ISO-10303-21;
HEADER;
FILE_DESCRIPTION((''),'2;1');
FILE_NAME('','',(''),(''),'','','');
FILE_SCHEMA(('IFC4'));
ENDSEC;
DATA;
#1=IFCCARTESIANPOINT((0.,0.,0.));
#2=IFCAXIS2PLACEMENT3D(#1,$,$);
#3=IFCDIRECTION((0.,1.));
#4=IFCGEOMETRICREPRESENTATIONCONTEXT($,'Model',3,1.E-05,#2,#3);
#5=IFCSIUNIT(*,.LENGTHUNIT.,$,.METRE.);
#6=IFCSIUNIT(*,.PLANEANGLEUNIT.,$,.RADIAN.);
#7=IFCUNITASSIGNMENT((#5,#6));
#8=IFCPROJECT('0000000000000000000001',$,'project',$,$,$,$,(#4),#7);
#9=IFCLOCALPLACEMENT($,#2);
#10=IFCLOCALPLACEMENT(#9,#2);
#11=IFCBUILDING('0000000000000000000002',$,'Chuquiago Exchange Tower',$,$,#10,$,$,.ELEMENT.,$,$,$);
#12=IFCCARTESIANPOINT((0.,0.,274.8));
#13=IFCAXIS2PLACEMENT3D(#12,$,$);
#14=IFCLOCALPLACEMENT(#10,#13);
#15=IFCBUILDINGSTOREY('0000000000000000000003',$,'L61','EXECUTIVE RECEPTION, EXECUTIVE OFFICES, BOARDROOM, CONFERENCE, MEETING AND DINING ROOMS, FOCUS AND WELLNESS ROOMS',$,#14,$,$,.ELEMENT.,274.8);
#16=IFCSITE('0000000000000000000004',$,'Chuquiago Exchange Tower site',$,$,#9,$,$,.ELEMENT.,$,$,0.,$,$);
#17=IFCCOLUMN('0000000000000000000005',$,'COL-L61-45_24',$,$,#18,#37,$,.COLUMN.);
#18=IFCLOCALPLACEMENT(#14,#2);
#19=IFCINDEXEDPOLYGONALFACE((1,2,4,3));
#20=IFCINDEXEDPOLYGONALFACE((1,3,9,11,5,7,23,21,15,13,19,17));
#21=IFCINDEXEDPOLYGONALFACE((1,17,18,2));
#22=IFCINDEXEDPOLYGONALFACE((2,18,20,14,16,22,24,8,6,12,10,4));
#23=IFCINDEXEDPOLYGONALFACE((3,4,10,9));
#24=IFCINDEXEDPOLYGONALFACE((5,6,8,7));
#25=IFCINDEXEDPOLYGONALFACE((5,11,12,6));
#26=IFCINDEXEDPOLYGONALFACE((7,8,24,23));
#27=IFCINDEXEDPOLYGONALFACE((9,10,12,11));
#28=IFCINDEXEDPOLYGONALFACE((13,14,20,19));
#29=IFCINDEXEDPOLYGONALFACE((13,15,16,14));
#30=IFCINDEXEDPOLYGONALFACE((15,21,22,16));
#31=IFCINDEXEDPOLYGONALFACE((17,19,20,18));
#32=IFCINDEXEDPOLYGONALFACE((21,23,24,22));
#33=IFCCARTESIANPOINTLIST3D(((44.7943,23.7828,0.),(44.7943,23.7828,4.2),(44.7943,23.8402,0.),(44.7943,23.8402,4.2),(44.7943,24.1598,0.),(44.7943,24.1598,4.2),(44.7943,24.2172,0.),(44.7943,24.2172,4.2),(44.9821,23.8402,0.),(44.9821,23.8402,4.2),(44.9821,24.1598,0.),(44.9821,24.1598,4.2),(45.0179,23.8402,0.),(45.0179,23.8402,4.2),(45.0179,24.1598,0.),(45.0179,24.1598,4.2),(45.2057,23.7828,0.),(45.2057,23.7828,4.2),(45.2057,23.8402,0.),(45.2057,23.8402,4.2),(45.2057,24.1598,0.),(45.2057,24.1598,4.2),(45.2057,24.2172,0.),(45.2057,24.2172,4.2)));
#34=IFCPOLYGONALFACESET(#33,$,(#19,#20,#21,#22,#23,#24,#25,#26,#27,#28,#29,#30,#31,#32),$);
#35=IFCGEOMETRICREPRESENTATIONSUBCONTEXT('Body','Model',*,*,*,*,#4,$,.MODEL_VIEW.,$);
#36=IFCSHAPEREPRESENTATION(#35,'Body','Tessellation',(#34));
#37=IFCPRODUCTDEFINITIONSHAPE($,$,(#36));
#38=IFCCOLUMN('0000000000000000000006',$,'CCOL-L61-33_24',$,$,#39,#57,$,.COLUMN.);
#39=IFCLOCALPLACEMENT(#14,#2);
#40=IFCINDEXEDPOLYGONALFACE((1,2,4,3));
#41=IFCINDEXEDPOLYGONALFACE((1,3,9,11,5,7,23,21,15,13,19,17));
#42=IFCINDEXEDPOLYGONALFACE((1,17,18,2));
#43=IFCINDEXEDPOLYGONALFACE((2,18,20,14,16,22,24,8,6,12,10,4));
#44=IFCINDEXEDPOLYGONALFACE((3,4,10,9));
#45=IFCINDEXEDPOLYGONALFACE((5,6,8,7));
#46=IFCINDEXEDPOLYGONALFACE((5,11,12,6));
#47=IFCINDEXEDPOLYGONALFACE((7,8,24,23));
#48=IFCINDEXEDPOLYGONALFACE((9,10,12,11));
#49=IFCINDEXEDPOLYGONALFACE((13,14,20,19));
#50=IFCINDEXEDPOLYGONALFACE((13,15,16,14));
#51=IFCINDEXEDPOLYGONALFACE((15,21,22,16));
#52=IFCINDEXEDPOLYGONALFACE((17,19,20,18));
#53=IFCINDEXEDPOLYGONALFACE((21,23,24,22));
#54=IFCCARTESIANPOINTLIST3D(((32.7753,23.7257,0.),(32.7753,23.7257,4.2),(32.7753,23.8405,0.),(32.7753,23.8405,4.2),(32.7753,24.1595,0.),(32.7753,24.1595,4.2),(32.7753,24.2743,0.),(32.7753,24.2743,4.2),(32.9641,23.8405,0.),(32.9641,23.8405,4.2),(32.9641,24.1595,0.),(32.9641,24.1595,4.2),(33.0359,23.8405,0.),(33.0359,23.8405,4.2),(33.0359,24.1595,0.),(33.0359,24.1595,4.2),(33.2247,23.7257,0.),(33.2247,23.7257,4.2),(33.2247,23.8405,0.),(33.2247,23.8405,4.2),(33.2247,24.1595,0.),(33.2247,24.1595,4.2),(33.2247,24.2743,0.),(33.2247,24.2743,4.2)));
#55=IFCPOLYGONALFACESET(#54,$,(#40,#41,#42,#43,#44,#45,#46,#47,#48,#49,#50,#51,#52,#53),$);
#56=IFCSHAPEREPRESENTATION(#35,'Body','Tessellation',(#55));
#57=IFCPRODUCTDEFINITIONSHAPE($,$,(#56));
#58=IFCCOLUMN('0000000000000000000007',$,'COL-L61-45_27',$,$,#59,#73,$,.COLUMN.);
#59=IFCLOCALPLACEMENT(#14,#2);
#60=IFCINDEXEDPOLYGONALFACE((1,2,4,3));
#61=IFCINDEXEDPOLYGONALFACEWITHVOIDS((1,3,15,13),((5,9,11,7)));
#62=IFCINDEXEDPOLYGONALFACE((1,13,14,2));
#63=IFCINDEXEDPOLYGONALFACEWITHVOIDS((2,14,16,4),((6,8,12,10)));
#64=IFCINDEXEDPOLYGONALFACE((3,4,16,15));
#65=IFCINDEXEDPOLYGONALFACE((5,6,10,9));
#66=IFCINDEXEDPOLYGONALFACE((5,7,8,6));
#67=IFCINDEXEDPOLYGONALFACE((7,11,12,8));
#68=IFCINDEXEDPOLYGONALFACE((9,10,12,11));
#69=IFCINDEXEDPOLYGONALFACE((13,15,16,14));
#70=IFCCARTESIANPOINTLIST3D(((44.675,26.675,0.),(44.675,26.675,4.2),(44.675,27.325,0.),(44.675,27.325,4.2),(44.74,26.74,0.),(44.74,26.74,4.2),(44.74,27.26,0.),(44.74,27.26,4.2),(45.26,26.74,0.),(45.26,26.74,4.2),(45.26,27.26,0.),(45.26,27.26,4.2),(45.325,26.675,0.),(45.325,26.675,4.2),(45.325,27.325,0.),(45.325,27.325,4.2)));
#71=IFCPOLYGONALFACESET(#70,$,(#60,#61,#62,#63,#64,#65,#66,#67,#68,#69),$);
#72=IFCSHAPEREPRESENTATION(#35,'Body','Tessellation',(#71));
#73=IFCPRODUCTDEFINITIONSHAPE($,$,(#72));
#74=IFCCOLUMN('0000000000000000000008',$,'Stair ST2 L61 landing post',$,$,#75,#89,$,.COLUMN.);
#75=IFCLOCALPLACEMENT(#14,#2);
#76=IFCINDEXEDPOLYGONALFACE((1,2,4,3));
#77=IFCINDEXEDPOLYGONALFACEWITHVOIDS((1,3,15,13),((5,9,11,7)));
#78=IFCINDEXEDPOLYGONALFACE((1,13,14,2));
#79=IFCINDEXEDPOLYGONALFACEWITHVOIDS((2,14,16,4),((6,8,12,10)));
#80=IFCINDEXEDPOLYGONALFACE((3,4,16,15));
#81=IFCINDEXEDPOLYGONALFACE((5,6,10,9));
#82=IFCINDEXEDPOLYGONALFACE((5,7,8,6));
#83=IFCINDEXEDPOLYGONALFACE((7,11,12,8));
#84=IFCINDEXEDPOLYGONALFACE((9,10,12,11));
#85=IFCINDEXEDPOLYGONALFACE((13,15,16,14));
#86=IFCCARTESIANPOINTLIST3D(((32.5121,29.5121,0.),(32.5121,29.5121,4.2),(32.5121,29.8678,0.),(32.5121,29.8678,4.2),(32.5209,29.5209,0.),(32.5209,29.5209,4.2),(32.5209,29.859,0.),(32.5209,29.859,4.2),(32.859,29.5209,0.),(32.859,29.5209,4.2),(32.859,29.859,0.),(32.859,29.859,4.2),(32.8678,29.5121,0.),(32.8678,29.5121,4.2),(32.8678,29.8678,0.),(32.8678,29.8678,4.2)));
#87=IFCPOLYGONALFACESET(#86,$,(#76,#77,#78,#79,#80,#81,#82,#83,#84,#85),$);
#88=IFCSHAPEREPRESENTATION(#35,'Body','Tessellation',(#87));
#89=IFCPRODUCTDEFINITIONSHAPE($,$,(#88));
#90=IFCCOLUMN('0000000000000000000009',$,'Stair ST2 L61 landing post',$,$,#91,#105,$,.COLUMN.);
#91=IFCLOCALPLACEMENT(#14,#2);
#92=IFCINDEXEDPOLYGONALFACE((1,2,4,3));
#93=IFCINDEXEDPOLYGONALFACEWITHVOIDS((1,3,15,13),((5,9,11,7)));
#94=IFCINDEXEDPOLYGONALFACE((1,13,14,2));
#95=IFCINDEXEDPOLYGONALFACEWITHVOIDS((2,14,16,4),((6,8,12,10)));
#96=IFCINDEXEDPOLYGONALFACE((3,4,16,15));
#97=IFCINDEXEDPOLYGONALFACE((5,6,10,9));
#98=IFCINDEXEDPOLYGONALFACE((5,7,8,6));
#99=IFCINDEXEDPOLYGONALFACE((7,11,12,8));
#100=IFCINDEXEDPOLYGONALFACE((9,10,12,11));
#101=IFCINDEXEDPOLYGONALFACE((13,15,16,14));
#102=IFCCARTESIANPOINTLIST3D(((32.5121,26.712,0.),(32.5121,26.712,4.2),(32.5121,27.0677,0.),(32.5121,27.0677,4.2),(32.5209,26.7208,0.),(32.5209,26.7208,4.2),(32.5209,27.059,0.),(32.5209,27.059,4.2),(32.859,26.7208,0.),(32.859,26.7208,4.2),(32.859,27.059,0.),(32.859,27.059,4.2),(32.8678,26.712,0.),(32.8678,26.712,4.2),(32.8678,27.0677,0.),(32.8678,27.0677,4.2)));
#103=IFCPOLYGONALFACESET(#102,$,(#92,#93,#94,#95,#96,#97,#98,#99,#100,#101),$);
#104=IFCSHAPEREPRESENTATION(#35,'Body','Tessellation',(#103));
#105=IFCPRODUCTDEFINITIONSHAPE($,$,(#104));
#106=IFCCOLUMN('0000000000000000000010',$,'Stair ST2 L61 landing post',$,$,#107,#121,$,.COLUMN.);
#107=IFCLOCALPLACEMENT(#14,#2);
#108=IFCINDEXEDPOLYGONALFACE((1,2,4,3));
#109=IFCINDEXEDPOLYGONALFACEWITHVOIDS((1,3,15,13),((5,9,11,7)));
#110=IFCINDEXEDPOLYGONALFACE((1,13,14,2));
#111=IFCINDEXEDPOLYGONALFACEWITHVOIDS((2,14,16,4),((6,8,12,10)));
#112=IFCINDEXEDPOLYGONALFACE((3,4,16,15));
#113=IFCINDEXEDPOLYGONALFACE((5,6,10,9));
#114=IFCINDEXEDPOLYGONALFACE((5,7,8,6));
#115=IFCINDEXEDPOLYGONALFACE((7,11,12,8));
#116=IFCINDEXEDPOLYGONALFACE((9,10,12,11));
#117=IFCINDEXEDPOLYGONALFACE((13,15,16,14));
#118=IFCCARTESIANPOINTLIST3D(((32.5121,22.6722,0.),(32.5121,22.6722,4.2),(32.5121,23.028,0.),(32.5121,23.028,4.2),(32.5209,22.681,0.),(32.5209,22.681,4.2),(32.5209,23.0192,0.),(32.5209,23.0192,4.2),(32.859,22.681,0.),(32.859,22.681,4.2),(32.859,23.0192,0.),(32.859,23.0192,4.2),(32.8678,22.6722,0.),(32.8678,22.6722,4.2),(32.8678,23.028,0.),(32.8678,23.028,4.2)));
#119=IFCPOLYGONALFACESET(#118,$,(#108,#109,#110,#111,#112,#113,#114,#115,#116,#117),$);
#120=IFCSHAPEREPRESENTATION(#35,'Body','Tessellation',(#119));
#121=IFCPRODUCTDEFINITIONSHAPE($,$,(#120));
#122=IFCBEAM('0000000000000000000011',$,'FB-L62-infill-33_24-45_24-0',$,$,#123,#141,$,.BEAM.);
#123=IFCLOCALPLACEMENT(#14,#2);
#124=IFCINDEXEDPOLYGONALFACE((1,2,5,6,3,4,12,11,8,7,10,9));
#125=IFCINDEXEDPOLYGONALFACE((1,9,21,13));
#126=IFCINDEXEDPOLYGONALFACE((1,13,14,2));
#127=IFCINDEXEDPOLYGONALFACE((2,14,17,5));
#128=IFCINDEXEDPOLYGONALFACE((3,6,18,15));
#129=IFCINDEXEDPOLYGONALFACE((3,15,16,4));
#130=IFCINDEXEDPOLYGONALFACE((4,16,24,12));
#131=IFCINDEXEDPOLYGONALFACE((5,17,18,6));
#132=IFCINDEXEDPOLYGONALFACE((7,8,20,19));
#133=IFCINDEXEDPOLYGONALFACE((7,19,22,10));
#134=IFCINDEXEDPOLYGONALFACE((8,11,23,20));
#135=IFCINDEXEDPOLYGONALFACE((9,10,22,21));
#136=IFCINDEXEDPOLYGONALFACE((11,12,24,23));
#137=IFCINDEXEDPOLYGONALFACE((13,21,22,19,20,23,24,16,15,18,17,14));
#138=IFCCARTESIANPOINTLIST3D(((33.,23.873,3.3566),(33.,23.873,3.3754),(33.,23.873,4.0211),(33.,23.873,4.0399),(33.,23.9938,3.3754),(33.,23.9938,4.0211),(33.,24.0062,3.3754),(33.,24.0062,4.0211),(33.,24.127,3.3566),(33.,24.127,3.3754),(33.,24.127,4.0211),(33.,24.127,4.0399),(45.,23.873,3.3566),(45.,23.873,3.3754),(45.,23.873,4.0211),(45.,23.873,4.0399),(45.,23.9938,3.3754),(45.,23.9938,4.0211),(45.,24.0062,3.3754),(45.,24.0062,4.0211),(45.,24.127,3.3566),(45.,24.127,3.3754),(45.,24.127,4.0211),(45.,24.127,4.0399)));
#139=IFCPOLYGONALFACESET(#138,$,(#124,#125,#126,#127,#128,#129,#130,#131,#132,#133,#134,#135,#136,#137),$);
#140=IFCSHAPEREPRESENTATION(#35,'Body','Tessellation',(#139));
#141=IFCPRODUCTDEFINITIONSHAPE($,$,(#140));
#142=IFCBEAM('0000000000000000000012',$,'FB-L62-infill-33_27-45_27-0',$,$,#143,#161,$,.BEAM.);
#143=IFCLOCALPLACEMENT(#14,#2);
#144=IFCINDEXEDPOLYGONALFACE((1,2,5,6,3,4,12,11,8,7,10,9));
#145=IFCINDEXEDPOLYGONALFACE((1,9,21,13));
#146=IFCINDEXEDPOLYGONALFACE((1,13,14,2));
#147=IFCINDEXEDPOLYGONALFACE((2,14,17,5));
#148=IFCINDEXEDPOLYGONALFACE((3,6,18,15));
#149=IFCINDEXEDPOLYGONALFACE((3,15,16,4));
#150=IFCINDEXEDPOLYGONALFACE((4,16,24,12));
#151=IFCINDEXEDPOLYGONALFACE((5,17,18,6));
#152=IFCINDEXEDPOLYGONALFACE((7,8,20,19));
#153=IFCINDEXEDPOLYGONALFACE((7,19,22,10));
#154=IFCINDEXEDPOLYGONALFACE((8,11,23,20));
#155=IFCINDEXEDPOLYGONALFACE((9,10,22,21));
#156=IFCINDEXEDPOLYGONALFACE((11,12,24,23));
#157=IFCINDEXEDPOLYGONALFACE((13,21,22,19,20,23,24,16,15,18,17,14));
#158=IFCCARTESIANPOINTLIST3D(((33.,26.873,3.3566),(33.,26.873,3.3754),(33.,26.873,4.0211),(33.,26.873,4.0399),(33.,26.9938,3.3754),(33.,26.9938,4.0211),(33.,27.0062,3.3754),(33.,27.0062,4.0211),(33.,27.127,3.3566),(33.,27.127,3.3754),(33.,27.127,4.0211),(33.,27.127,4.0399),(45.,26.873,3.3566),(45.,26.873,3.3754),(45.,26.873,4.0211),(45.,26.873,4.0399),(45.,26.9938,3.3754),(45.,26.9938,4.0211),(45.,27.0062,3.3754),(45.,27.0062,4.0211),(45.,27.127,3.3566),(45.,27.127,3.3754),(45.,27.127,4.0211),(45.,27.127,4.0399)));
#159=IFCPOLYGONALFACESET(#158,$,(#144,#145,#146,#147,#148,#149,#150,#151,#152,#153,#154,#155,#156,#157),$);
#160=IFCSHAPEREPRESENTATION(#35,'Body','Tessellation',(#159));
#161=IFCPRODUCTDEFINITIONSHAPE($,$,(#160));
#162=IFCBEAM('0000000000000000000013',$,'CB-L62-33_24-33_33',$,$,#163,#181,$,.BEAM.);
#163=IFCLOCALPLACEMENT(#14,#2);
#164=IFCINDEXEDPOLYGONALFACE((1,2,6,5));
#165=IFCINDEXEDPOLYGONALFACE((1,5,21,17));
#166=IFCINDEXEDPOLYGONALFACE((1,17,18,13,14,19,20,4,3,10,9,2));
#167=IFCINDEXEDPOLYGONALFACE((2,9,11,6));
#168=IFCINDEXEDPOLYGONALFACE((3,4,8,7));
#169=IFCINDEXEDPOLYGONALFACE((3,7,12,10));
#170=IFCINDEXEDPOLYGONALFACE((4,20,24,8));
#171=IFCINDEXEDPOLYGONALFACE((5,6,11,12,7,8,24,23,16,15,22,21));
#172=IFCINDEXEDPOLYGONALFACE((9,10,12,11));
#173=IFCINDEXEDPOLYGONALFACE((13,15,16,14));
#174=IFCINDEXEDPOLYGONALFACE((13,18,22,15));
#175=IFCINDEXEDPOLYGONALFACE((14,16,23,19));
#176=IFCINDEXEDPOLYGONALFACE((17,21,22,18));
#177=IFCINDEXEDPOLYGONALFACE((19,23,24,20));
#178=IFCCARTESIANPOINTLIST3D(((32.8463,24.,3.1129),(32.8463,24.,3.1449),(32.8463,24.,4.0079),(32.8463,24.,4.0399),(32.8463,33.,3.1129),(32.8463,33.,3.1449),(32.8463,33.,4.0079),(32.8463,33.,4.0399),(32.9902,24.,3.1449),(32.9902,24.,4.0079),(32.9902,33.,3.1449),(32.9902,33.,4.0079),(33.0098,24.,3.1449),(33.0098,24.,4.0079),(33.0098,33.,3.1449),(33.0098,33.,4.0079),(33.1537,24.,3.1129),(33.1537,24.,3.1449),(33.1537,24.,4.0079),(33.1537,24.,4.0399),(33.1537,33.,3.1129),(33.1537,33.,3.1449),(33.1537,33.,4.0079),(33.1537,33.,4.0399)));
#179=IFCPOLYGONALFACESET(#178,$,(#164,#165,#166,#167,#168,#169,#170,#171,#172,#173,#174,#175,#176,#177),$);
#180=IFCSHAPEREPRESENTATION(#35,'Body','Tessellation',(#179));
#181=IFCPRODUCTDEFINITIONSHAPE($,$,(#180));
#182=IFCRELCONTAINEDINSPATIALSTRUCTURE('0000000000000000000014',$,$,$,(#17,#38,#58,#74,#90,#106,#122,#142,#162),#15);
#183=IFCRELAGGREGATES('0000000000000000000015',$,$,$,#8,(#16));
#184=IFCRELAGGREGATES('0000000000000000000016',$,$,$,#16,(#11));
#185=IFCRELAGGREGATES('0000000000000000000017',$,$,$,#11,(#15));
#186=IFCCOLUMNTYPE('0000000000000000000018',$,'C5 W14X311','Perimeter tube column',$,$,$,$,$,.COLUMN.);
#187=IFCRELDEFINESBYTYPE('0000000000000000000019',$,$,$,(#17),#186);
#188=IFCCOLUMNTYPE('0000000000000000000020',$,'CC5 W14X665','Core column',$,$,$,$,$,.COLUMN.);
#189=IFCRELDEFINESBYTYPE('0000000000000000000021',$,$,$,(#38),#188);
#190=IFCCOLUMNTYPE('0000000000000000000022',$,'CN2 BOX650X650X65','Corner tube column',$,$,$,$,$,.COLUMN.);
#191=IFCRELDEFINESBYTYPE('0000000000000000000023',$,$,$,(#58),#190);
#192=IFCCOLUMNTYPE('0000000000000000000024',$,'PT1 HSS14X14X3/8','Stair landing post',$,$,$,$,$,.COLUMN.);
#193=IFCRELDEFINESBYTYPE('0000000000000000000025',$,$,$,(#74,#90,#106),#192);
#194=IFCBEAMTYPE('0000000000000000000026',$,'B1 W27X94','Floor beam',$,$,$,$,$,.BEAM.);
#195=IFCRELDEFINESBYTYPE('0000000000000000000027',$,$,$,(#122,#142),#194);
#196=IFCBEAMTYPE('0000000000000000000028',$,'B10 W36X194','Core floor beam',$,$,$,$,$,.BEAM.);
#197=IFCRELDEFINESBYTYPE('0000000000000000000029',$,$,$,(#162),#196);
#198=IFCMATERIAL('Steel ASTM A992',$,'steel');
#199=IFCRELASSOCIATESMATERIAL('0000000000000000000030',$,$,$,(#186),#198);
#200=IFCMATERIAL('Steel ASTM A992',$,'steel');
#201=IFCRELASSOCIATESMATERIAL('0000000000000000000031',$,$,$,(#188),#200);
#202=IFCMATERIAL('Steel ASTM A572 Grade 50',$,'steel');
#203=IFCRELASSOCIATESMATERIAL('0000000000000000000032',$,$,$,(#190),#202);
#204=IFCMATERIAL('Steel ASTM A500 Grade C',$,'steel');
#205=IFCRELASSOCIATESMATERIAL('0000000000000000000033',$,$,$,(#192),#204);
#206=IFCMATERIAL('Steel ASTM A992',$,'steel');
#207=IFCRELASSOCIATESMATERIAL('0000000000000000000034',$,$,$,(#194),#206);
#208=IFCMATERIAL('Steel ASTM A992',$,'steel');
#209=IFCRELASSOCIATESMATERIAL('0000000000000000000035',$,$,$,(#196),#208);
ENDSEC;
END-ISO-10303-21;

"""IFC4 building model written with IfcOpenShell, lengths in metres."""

from ifc_helpers import new_model, si_unit, direction, frame, origin, origin_2d, place, context, subcontext, project, spatial, hollow_rectangle, i_section, extrude, material, material_profile, profile_set, type_object, element, save


model = new_model("IFC4")

# Units and contexts
model_context = context("Model", 3, precision=1e-05, world=origin(), true_north=direction((0.0, 1.0)))
body_context = subcontext(model_context, "Body", "Model", "MODEL_VIEW")
ifc_project = project(units=[si_unit("LENGTHUNIT", "METRE"), si_unit("PLANEANGLEUNIT", "RADIAN")], contexts=[model_context])

# Site, building, storey
site_placement = place(None, origin())
site = spatial("IfcSite", under=ifc_project, at=site_placement, Name="Chuquiago Exchange Tower site", CompositionType="ELEMENT", RefElevation=0.0)
building_placement = place(site_placement, origin())
building = spatial("IfcBuilding", under=site, at=building_placement, Name="Chuquiago Exchange Tower", CompositionType="ELEMENT")
storey_placement = place(building_placement, frame((0.0, 0.0, 274.8)))
storey = spatial("IfcBuildingStorey", under=building, at=storey_placement, Name="L61", Description="EXECUTIVE RECEPTION, EXECUTIVE OFFICES, BOARDROOM, CONFERENCE, MEETING AND DINING ROOMS, FOCUS AND WELLNESS ROOMS", CompositionType="ELEMENT", Elevation=274.8)

# Columns
ifc_material_1 = material(Name="Steel ASTM A992", Category="steel")
ifc_material_profile_1 = material_profile(ifc_material_1, i_section(OverallWidth=0.4114, OverallDepth=0.4343, WebThickness=0.0359, FlangeThickness=0.0574, at=origin_2d()), Name="W14X311")
ifc_profile_set_1 = profile_set([ifc_material_profile_1], Name="Steel ASTM A992")
column_type_1 = type_object("IfcColumnType", Name="C5 W14X311", Description="Perimeter tube column", PredefinedType="COLUMN", material=ifc_profile_set_1)
column_1_placement = place(storey_placement, frame((45.0, 24.0, 0.0), z_axis=(0.0, 0.0, 1.0), x_axis=(1.0, 0.0, 0.0)))
element("IfcColumn", 1, at=column_1_placement, inside=storey, type_object=column_type_1, Name="COL-L61-45_24", PredefinedType="COLUMN", context=body_context, shape_type="SweptSolid", body=[
    extrude(i_section(OverallWidth=0.4114, OverallDepth=0.4343, WebThickness=0.0359, FlangeThickness=0.0574, at=origin_2d()), origin(), (0.0, 0.0, 1.0), 4.2),
])
ifc_material_2 = material(Name="Steel ASTM A992", Category="steel")
ifc_material_profile_2 = material_profile(ifc_material_2, i_section(OverallWidth=0.4495, OverallDepth=0.5486, WebThickness=0.0718, FlangeThickness=0.1147, at=origin_2d()), Name="W14X665")
ifc_profile_set_2 = profile_set([ifc_material_profile_2], Name="Steel ASTM A992")
column_type_2 = type_object("IfcColumnType", Name="CC5 W14X665", Description="Core column", PredefinedType="COLUMN", material=ifc_profile_set_2)
column_2_placement = place(storey_placement, frame((33.0, 24.0, 0.0), z_axis=(0.0, 0.0, 1.0), x_axis=(1.0, 0.0, 0.0)))
element("IfcColumn", 2, at=column_2_placement, inside=storey, type_object=column_type_2, Name="CCOL-L61-33_24", PredefinedType="COLUMN", context=body_context, shape_type="SweptSolid", body=[
    extrude(i_section(OverallWidth=0.4495, OverallDepth=0.5486, WebThickness=0.0718, FlangeThickness=0.1147, at=origin_2d()), origin(), (0.0, 0.0, 1.0), 4.2),
])
ifc_material_3 = material(Name="Steel ASTM A572 Grade 50", Category="steel")
ifc_material_profile_3 = material_profile(ifc_material_3, hollow_rectangle(XDim=0.6499, YDim=0.6499, WallThickness=0.0649, at=origin_2d()), Name="BOX650X650X65")
ifc_profile_set_3 = profile_set([ifc_material_profile_3], Name="Steel ASTM A572 Grade 50")
column_type_3 = type_object("IfcColumnType", Name="CN2 BOX650X650X65", Description="Corner tube column", PredefinedType="COLUMN", material=ifc_profile_set_3)
column_3_placement = place(storey_placement, frame((45.0, 27.0, 0.0), z_axis=(0.0, 0.0, 1.0), x_axis=(1.0, 0.0, 0.0)))
element("IfcColumn", 3, at=column_3_placement, inside=storey, type_object=column_type_3, Name="COL-L61-45_27", PredefinedType="COLUMN", context=body_context, shape_type="SweptSolid", body=[
    extrude(hollow_rectangle(XDim=0.6499, YDim=0.6499, WallThickness=0.0649, at=origin_2d()), origin(), (0.0, 0.0, 1.0), 4.2),
])
ifc_material_4 = material(Name="Steel ASTM A500 Grade C", Category="steel")
ifc_material_profile_4 = material_profile(ifc_material_4, hollow_rectangle(XDim=0.3557, YDim=0.3557, WallThickness=0.0088, at=origin_2d()), Name="HSS14X14X3/8")
ifc_profile_set_4 = profile_set([ifc_material_profile_4], Name="Steel ASTM A500 Grade C")
column_type_4 = type_object("IfcColumnType", Name="PT1 HSS14X14X3/8", Description="Stair landing post", PredefinedType="COLUMN", material=ifc_profile_set_4)
for number, where, z_axis, x_axis, name in (
    (4, (32.6899, 29.6899, 0.0), (0.0, 0.0, 1.0), (1.0, 0.0, 0.0), "Stair ST2 L61 landing post"),
    (5, (32.6899, 26.8899, 0.0), (0.0, 0.0, 1.0), (1.0, 0.0, 0.0), "Stair ST2 L61 landing post"),
    (6, (32.6899, 22.8501, 0.0), (0.0, 0.0, 1.0), (1.0, 0.0, 0.0), "Stair ST2 L61 landing post"),
):
    element("IfcColumn", number, at=place(storey_placement, frame(where, z_axis=z_axis, x_axis=x_axis)), inside=storey, type_object=column_type_4, Name=name, PredefinedType="COLUMN", context=body_context, shape_type="SweptSolid", body=[
        extrude(hollow_rectangle(XDim=0.3557, YDim=0.3557, WallThickness=0.0088, at=origin_2d()), origin(), (0.0, 0.0, 1.0), 4.2),
    ])

# Beams
ifc_material_5 = material(Name="Steel ASTM A992", Category="steel")
ifc_material_profile_5 = material_profile(ifc_material_5, i_section(OverallWidth=0.2539, OverallDepth=0.6833, WebThickness=0.0125, FlangeThickness=0.0188, at=origin_2d()), Name="W27X94")
ifc_profile_set_5 = profile_set([ifc_material_profile_5], Name="Steel ASTM A992")
beam_type_1 = type_object("IfcBeamType", Name="B1 W27X94", Description="Floor beam", PredefinedType="BEAM", material=ifc_profile_set_5)
for number, where, z_axis, x_axis, name in (
    (7, (33.0, 24.0, 3.6982), (1.0, 0.0, 0.0), (0.0, 1.0, 0.0), "FB-L62-infill-33_24-45_24-0"),
    (8, (33.0, 27.0, 3.6982), (1.0, 0.0, 0.0), (0.0, 1.0, 0.0), "FB-L62-infill-33_27-45_27-0"),
):
    element("IfcBeam", number, at=place(storey_placement, frame(where, z_axis=z_axis, x_axis=x_axis)), inside=storey, type_object=beam_type_1, Name=name, PredefinedType="BEAM", context=body_context, shape_type="SweptSolid", body=[
        extrude(i_section(OverallWidth=0.2539, OverallDepth=0.6833, WebThickness=0.0125, FlangeThickness=0.0188, at=origin_2d()), origin(), (0.0, 0.0, 1.0), 12.0),
    ])
ifc_material_6 = material(Name="Steel ASTM A992", Category="steel")
ifc_material_profile_6 = material_profile(ifc_material_6, i_section(OverallWidth=0.3074, OverallDepth=0.927, WebThickness=0.0195, FlangeThickness=0.032, at=origin_2d()), Name="W36X194")
ifc_profile_set_6 = profile_set([ifc_material_profile_6], Name="Steel ASTM A992")
beam_type_2 = type_object("IfcBeamType", Name="B10 W36X194", Description="Core floor beam", PredefinedType="BEAM", material=ifc_profile_set_6)
beam_1_placement = place(storey_placement, frame((33.0, 24.0, 3.5764), z_axis=(0.0, 1.0, 0.0), x_axis=(-1.0, 0.0, 0.0)))
element("IfcBeam", 9, at=beam_1_placement, inside=storey, type_object=beam_type_2, Name="CB-L62-33_24-33_33", PredefinedType="BEAM", context=body_context, shape_type="SweptSolid", body=[
    extrude(i_section(OverallWidth=0.3074, OverallDepth=0.927, WebThickness=0.0195, FlangeThickness=0.032, at=origin_2d()), origin(), (0.0, 0.0, 1.0), 9.0),
])

save(model, "model.ifc")
